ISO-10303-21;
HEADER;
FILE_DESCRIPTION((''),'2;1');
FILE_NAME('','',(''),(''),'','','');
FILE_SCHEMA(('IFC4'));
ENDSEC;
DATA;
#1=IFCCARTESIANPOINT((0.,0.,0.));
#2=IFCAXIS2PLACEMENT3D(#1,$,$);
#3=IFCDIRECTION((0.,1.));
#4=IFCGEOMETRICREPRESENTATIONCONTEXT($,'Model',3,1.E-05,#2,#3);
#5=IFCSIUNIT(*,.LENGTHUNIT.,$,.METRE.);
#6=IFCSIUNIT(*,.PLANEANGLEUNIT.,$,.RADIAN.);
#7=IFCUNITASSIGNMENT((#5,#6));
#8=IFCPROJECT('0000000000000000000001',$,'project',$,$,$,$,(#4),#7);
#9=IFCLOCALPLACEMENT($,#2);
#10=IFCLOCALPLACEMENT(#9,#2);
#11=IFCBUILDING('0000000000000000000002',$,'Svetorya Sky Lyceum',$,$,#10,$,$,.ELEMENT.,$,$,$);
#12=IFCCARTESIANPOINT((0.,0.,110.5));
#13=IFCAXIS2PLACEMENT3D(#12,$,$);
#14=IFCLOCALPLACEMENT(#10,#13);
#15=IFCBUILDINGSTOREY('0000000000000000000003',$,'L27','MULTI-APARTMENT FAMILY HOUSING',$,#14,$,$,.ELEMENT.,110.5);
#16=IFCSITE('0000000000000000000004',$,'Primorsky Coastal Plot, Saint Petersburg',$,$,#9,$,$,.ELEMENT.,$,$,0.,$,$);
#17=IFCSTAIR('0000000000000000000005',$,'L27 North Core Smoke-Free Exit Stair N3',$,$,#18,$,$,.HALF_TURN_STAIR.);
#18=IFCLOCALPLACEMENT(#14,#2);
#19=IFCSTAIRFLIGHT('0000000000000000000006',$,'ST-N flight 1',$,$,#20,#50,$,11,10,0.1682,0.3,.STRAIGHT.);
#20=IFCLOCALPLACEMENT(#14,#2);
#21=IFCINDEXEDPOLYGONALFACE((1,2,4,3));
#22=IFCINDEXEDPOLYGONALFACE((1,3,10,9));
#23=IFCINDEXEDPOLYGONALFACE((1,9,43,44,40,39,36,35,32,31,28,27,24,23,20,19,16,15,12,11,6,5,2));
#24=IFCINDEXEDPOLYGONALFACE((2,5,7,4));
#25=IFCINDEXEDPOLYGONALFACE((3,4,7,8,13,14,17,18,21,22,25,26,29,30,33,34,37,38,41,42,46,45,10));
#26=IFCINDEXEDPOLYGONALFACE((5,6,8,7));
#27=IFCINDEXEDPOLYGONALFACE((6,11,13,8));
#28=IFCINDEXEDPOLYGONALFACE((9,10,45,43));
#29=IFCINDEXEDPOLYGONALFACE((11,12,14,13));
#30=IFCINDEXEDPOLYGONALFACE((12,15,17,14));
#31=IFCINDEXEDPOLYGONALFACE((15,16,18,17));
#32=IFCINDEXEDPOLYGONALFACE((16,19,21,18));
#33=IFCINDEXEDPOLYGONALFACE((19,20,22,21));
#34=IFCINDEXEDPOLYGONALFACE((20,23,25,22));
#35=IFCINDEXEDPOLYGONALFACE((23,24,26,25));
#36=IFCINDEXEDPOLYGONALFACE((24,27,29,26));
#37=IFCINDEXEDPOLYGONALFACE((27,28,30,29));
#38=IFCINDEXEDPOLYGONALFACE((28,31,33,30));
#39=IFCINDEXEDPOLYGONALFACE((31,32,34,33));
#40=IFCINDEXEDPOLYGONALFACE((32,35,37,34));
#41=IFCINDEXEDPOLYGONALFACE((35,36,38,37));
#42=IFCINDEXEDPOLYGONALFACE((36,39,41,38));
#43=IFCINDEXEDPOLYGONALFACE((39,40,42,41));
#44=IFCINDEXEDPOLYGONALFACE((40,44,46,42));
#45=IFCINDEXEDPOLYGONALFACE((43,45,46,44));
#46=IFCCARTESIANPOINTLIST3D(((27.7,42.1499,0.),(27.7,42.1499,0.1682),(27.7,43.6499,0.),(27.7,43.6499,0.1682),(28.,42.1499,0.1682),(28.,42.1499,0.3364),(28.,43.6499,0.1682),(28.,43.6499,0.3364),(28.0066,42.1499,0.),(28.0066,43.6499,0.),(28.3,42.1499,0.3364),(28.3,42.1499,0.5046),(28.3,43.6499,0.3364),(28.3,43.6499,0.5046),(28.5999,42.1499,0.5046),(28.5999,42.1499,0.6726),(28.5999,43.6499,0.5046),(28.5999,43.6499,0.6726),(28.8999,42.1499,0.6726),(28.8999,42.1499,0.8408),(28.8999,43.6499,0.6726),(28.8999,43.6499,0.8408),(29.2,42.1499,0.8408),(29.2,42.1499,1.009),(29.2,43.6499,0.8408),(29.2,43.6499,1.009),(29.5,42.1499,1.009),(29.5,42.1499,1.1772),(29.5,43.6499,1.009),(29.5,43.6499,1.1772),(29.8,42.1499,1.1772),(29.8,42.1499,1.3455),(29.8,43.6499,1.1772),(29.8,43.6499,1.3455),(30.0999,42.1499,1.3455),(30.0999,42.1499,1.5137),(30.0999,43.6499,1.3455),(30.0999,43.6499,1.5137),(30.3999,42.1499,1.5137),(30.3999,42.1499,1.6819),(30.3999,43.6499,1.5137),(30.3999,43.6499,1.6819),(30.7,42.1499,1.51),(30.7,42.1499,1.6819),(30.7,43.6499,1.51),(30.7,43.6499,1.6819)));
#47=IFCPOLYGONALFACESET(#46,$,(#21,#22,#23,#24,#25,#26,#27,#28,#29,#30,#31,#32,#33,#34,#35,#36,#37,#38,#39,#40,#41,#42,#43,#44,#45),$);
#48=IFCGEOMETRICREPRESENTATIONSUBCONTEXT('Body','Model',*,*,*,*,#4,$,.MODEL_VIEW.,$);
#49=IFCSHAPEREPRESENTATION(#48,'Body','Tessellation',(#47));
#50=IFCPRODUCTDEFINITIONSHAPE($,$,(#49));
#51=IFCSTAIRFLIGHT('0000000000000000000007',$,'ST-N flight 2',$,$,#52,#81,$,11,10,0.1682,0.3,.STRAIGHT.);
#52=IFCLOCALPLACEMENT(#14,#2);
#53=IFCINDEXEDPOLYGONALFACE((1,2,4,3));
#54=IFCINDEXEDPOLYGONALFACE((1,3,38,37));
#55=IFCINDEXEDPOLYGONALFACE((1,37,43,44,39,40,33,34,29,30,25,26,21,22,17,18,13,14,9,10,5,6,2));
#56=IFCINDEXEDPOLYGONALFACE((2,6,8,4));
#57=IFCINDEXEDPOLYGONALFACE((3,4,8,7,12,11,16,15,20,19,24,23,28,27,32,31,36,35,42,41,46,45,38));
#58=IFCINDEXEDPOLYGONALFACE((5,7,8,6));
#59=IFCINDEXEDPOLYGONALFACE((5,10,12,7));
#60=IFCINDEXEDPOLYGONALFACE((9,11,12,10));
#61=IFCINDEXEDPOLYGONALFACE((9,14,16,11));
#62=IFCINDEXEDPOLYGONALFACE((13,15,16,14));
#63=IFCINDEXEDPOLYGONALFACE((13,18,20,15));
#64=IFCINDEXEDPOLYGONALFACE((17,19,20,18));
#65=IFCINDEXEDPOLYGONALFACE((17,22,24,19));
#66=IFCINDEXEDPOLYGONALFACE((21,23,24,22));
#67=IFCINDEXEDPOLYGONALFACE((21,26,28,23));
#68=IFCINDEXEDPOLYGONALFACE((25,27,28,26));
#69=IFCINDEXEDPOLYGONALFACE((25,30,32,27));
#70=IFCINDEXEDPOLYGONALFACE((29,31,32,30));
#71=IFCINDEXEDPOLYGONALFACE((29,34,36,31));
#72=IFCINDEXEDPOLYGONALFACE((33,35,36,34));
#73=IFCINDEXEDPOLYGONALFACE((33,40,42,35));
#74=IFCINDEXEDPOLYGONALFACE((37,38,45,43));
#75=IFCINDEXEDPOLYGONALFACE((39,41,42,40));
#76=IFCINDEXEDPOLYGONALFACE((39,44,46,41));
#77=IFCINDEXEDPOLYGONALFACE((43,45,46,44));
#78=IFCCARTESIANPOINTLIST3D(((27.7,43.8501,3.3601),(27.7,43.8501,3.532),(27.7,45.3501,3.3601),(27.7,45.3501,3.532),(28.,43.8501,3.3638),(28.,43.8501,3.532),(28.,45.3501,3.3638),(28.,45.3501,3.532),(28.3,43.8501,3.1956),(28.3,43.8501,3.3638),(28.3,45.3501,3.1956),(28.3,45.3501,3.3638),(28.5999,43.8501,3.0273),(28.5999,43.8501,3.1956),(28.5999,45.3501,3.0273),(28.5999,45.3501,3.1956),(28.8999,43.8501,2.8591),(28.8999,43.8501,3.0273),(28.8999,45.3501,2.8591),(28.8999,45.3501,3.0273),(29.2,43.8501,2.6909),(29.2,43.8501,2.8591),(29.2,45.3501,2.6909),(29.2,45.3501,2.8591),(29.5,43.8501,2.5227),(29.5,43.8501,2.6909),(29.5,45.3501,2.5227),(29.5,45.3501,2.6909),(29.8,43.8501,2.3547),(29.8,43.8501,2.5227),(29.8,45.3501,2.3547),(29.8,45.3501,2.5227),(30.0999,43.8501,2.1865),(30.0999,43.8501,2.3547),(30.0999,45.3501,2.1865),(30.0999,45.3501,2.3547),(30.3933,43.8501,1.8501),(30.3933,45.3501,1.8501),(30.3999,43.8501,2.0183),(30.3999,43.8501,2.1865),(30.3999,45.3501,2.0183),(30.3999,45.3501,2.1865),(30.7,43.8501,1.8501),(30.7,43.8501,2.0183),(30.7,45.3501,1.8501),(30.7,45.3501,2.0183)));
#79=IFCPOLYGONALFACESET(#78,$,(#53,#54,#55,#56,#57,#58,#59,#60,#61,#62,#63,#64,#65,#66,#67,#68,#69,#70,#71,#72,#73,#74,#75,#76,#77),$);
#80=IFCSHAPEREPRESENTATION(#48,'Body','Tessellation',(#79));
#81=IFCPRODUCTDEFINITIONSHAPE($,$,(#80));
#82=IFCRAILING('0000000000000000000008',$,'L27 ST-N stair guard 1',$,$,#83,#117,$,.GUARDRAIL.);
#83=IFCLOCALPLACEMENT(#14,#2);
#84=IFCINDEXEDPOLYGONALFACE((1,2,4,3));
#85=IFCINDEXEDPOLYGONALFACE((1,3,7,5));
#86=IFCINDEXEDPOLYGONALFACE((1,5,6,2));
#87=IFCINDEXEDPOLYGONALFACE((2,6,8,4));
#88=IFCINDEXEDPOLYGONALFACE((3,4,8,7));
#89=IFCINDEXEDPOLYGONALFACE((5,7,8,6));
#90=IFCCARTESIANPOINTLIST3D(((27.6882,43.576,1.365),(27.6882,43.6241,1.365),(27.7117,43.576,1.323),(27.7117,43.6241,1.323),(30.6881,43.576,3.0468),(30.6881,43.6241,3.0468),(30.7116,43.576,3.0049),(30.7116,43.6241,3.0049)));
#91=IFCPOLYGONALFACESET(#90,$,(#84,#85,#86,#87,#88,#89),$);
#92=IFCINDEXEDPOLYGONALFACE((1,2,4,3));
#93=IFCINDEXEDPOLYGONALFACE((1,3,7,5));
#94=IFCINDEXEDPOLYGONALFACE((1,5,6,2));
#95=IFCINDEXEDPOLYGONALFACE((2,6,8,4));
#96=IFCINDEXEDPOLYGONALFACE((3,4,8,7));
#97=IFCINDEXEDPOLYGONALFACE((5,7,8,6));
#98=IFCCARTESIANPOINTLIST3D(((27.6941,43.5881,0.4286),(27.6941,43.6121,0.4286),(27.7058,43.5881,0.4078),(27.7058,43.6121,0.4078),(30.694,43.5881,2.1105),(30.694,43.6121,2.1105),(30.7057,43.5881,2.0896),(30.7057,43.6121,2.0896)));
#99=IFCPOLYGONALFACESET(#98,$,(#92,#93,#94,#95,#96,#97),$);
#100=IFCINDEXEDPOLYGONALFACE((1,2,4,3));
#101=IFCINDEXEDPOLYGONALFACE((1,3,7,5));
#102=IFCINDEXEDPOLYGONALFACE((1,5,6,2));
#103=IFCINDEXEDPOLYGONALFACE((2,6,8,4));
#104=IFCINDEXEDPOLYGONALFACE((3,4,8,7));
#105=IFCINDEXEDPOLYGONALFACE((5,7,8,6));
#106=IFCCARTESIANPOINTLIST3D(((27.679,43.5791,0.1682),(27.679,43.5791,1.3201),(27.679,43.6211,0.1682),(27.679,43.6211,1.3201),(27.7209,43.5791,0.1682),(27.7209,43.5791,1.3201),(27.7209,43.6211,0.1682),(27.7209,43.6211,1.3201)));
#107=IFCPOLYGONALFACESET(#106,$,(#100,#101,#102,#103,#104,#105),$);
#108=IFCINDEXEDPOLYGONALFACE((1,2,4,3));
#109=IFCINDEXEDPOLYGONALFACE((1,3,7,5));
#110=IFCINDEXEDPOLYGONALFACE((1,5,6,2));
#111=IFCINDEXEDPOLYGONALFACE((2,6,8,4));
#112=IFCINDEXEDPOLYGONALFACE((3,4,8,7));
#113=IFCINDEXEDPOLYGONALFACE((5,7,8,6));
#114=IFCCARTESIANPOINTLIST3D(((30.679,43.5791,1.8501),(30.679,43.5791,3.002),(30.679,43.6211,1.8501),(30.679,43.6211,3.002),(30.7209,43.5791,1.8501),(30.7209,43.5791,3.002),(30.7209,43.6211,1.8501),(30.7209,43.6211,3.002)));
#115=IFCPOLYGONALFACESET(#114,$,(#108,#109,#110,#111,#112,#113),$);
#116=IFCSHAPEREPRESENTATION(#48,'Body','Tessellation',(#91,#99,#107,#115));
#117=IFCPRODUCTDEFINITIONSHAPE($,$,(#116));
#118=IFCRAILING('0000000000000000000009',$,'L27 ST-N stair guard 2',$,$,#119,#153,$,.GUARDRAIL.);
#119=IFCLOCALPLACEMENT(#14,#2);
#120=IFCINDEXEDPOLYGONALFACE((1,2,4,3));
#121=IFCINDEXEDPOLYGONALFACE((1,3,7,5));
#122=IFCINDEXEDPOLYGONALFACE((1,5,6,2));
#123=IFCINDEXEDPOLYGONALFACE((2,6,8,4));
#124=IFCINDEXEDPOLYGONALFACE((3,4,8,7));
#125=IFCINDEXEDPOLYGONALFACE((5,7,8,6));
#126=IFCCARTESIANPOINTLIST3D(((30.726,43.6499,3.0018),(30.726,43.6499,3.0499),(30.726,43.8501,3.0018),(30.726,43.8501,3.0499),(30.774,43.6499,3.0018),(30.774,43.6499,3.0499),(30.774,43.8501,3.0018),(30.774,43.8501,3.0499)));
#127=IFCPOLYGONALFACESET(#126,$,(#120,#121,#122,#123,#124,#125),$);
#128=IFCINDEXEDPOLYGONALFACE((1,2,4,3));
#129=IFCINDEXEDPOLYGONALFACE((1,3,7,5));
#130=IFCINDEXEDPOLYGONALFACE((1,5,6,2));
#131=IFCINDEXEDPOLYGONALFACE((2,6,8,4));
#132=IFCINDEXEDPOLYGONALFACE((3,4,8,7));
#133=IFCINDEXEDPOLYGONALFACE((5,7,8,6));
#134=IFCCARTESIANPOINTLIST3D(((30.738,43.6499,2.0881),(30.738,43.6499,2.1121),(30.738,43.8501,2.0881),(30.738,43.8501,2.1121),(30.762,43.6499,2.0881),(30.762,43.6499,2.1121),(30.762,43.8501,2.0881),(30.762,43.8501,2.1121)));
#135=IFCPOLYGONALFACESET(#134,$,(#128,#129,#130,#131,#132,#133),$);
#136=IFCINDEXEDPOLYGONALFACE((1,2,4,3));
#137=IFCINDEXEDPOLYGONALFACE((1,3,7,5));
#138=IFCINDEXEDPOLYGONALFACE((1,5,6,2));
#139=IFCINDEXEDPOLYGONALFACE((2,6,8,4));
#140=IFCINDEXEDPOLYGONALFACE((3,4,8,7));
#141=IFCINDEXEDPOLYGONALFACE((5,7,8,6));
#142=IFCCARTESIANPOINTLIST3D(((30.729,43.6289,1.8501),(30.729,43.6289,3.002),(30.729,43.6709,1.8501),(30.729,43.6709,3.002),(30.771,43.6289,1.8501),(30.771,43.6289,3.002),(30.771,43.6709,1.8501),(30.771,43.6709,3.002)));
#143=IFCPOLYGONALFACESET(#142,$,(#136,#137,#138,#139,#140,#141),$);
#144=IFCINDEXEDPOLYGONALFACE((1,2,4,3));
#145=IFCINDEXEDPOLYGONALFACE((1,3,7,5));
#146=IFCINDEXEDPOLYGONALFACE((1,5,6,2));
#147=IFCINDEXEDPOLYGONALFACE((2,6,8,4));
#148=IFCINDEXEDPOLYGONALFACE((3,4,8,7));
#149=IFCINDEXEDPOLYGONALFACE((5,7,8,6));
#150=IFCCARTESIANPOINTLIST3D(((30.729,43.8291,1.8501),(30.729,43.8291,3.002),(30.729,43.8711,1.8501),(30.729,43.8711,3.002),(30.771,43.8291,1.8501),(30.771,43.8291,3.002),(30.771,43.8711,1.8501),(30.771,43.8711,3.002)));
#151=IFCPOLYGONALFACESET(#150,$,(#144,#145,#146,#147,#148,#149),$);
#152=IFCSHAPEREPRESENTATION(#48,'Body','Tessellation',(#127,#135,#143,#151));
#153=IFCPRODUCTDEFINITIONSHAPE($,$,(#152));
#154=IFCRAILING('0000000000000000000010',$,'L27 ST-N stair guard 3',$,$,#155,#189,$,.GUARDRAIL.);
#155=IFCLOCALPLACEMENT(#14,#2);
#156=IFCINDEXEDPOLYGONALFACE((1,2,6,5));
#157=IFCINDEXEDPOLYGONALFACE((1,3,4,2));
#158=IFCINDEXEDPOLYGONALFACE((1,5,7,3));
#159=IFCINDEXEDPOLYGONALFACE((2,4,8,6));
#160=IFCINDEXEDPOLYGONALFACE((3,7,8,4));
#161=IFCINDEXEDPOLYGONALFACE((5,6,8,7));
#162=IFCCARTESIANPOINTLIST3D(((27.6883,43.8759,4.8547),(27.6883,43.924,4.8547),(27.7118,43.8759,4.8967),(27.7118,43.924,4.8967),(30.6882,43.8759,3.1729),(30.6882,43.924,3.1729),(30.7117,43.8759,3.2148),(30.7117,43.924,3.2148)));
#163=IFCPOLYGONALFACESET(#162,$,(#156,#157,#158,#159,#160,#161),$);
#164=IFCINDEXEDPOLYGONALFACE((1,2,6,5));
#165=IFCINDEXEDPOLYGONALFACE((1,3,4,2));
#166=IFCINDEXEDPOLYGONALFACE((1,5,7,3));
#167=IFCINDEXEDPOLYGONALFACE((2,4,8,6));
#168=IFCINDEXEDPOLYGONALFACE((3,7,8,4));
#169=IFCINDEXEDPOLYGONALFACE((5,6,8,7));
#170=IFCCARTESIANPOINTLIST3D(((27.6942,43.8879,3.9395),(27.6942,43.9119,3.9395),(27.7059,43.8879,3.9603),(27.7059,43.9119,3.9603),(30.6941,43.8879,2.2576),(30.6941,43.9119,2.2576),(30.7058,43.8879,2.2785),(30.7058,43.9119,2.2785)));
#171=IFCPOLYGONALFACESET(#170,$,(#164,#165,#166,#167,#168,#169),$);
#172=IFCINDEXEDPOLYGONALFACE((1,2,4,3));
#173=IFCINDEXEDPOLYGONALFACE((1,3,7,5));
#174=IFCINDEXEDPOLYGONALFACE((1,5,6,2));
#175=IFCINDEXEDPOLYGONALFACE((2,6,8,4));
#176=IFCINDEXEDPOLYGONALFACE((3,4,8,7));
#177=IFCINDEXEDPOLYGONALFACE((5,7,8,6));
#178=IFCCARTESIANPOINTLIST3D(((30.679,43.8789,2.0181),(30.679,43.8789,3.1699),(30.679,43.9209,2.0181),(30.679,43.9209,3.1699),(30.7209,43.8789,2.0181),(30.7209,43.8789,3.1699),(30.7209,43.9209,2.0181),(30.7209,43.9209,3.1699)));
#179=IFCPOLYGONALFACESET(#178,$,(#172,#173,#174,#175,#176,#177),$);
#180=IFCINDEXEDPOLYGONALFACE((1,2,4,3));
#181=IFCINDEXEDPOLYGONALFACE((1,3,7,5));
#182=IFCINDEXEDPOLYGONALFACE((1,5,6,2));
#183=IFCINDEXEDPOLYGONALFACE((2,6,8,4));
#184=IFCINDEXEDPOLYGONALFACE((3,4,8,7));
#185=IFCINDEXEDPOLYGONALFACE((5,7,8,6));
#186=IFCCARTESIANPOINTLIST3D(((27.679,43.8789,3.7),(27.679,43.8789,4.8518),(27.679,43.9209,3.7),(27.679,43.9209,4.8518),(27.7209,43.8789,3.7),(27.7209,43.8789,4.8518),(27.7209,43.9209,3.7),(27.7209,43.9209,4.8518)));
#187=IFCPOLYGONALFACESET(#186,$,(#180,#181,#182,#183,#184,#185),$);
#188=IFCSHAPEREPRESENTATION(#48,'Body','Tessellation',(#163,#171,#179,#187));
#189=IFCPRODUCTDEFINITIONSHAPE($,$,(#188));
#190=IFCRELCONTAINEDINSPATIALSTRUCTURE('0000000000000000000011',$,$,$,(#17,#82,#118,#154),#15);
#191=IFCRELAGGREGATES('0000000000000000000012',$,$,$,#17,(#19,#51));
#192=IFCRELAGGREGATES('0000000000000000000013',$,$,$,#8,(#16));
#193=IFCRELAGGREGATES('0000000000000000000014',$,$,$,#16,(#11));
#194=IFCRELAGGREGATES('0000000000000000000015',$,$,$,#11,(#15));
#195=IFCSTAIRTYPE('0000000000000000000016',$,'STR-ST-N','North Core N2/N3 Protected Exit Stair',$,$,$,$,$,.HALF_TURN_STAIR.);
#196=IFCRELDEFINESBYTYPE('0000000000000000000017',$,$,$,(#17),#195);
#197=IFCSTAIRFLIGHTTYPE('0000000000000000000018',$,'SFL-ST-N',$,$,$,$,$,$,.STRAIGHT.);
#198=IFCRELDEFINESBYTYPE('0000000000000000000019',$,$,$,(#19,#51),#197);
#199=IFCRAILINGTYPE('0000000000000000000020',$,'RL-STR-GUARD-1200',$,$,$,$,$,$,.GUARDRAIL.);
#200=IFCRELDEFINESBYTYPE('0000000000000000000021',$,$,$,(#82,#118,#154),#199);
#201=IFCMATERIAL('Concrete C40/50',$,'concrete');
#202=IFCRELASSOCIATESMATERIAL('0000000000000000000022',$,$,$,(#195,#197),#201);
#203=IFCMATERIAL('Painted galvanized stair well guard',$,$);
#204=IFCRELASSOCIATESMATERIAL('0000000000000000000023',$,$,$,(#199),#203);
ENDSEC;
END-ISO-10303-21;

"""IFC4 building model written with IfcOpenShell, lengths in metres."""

from ifc_helpers import new_model, si_unit, direction, frame, origin, origin_2d, place, context, subcontext, project, spatial, polyline, rectangle, outline, extrude, material, type_object, element, aggregate, save


model = new_model("IFC4")

# Units and contexts
model_context = context("Model", 3, precision=1e-05, world=origin(), true_north=direction((0.0, 1.0)))
body_context = subcontext(model_context, "Body", "Model", "MODEL_VIEW")
ifc_project = project(units=[si_unit("LENGTHUNIT", "METRE"), si_unit("PLANEANGLEUNIT", "RADIAN")], contexts=[model_context])

# Site, building, storey
site_placement = place(None, origin())
site = spatial("IfcSite", under=ifc_project, at=site_placement, Name="Primorsky Coastal Plot, Saint Petersburg", CompositionType="ELEMENT", RefElevation=0.0)
building_placement = place(site_placement, origin())
building = spatial("IfcBuilding", under=site, at=building_placement, Name="Svetorya Sky Lyceum", CompositionType="ELEMENT")
storey_placement = place(building_placement, frame((0.0, 0.0, 110.5)))
storey = spatial("IfcBuildingStorey", under=building, at=storey_placement, Name="L27", Description="MULTI-APARTMENT FAMILY HOUSING", CompositionType="ELEMENT", Elevation=110.5)

# Stair, stair flights
ifc_material_1 = material(Name="Concrete C40/50", Category="concrete")
stair_type = type_object("IfcStairType", Name="STR-ST-N", Description="North Core N2/N3 Protected Exit Stair", PredefinedType="HALF_TURN_STAIR", material=ifc_material_1)
stair_placement = place(storey_placement, origin())
stair = element("IfcStair", 1, at=stair_placement, inside=storey, type_object=stair_type, Name="L27 North Core Smoke-Free Exit Stair N3", PredefinedType="HALF_TURN_STAIR")
stair_flight_type = type_object("IfcStairFlightType", Name="SFL-ST-N", PredefinedType="STRAIGHT", material=ifc_material_1)
stair_flight_1_placement = place(storey_placement, frame((27.7, 42.8999, 0.0), z_axis=(0.0, 0.0, 1.0), x_axis=(1.0, 0.0, 0.0)))
stair_flight_1 = element("IfcStairFlight", 2, at=stair_flight_1_placement, type_object=stair_flight_type, Name="ST-N flight 1", NumberOfRisers=11, NumberOfTreads=10, PredefinedType="STRAIGHT", RiserHeight=0.1682, TreadLength=0.3, context=body_context, shape_type="SweptSolid", body=[
    extrude(outline(polyline([(0.0, 0.0), (0.0, 0.1682), (0.3, 0.1682), (0.3, 0.3364), (0.6001, 0.3364), (0.6001, 0.5046), (0.8999, 0.5046), (0.8999, 0.6726), (1.2, 0.6726), (1.2, 0.8408), (1.5, 0.8408), (1.5, 1.009), (1.8, 1.009), (1.8, 1.1772), (2.1001, 1.1772), (2.1001, 1.3455), (2.3999, 1.3455), (2.3999, 1.5137), (2.7, 1.5137), (2.7, 1.6819), (3.0, 1.6819), (3.0, 1.8501), (3.0, 1.51), (0.3066, 0.0), (0.0, 0.0)])), frame((0.0, 0.75, 0.0), z_axis=(0.0, -1.0, 0.0), x_axis=(1.0, 0.0, 0.0)), (0.0, 0.0, 1.0), 1.5),
])
stair_flight_2_placement = place(storey_placement, frame((30.7, 44.6001, 1.8501), z_axis=(0.0, 0.0, 1.0), x_axis=(-1.0, 0.0, 0.0)))
stair_flight_2 = element("IfcStairFlight", 3, at=stair_flight_2_placement, type_object=stair_flight_type, Name="ST-N flight 2", NumberOfRisers=11, NumberOfTreads=10, PredefinedType="STRAIGHT", RiserHeight=0.1682, TreadLength=0.3, context=body_context, shape_type="SweptSolid", body=[
    extrude(outline(polyline([(0.0, 0.0), (0.0, 0.1682), (0.3, 0.1682), (0.3, 0.3364), (0.6001, 0.3364), (0.6001, 0.5046), (0.8999, 0.5046), (0.8999, 0.6726), (1.2, 0.6726), (1.2, 0.8408), (1.5, 0.8408), (1.5, 1.009), (1.8, 1.009), (1.8, 1.1772), (2.1001, 1.1772), (2.1001, 1.3455), (2.3999, 1.3455), (2.3999, 1.5137), (2.7, 1.5137), (2.7, 1.6819), (3.0, 1.6819), (3.0, 1.8501), (3.0, 1.51), (0.3066, 0.0), (0.0, 0.0)])), frame((0.0, 0.75, 0.0), z_axis=(0.0, -1.0, 0.0), x_axis=(1.0, 0.0, 0.0)), (0.0, 0.0, 1.0), 1.5),
])
aggregate(stair, [stair_flight_1, stair_flight_2])

# Railings
ifc_material_2 = material(Name="Painted galvanized stair well guard")
railing_type_1 = type_object("IfcRailingType", Name="RL-STR-GUARD-1200", PredefinedType="GUARDRAIL", material=ifc_material_2)
railing_1_placement = place(storey_placement, frame((27.7, 43.6001, 0.1682)))
element("IfcRailing", 4, at=railing_1_placement, inside=storey, type_object=railing_type_1, Name="L27 ST-N stair guard 1", PredefinedType="GUARDRAIL", context=body_context, shape_type="SweptSolid", body=[
    extrude(rectangle(XDim=0.0481, YDim=0.0481, at=origin_2d()), frame((0.0, 0.0, 1.1758), z_axis=(0.872272, 0.0, 0.48902), x_axis=(0.0, 1.0, 0.0)), (0.0, 0.0, 1.0), 3.4392),
    extrude(rectangle(XDim=0.0239, YDim=0.0239, at=origin_2d()), frame((0.0, 0.0, 0.25), z_axis=(0.872272, 0.0, 0.48902), x_axis=(0.0, 1.0, 0.0)), (0.0, 0.0, 1.0), 3.4392),
    extrude(rectangle(XDim=0.042, YDim=0.042, at=origin_2d()), origin(), (0.0, 0.0, 1.0), 1.1519),
    extrude(rectangle(XDim=0.042, YDim=0.042, at=origin_2d()), frame((3.0, 0.0, 1.6819)), (0.0, 0.0, 1.0), 1.1519),
])
railing_2_placement = place(storey_placement, frame((30.75, 43.6499, 1.8501)))
element("IfcRailing", 5, at=railing_2_placement, inside=storey, type_object=railing_type_1, Name="L27 ST-N stair guard 2", PredefinedType="GUARDRAIL", context=body_context, shape_type="SweptSolid", body=[
    extrude(rectangle(XDim=0.0481, YDim=0.0481, at=origin_2d()), frame((0.0, 0.0, 1.1758), z_axis=(0.0, 1.0, 0.0), x_axis=(-1.0, 0.0, 0.0)), (0.0, 0.0, 1.0), 0.2002),
    extrude(rectangle(XDim=0.0239, YDim=0.0239, at=origin_2d()), frame((0.0, 0.0, 0.25), z_axis=(0.0, 1.0, 0.0), x_axis=(-1.0, 0.0, 0.0)), (0.0, 0.0, 1.0), 0.2002),
    extrude(rectangle(XDim=0.042, YDim=0.042, at=origin_2d()), origin(), (0.0, 0.0, 1.0), 1.1519),
    extrude(rectangle(XDim=0.042, YDim=0.042, at=origin_2d()), frame((0.0, 0.2002, 0.0)), (0.0, 0.0, 1.0), 1.1519),
])
railing_3_placement = place(storey_placement, frame((30.7, 43.8999, 2.0181)))
element("IfcRailing", 6, at=railing_3_placement, inside=storey, type_object=railing_type_1, Name="L27 ST-N stair guard 3", PredefinedType="GUARDRAIL", context=body_context, shape_type="SweptSolid", body=[
    extrude(rectangle(XDim=0.0481, YDim=0.0481, at=origin_2d()), frame((0.0, 0.0, 1.1758), z_axis=(-0.872272, 0.0, 0.48902), x_axis=(0.0, -1.0, 0.0)), (0.0, 0.0, 1.0), 3.4392),
    extrude(rectangle(XDim=0.0239, YDim=0.0239, at=origin_2d()), frame((0.0, 0.0, 0.25), z_axis=(-0.872272, 0.0, 0.48902), x_axis=(0.0, -1.0, 0.0)), (0.0, 0.0, 1.0), 3.4392),
    extrude(rectangle(XDim=0.042, YDim=0.042, at=origin_2d()), origin(), (0.0, 0.0, 1.0), 1.1519),
    extrude(rectangle(XDim=0.042, YDim=0.042, at=origin_2d()), frame((-3.0, 0.0, 1.6819)), (0.0, 0.0, 1.0), 1.1519),
])

save(model, "model.ifc")
